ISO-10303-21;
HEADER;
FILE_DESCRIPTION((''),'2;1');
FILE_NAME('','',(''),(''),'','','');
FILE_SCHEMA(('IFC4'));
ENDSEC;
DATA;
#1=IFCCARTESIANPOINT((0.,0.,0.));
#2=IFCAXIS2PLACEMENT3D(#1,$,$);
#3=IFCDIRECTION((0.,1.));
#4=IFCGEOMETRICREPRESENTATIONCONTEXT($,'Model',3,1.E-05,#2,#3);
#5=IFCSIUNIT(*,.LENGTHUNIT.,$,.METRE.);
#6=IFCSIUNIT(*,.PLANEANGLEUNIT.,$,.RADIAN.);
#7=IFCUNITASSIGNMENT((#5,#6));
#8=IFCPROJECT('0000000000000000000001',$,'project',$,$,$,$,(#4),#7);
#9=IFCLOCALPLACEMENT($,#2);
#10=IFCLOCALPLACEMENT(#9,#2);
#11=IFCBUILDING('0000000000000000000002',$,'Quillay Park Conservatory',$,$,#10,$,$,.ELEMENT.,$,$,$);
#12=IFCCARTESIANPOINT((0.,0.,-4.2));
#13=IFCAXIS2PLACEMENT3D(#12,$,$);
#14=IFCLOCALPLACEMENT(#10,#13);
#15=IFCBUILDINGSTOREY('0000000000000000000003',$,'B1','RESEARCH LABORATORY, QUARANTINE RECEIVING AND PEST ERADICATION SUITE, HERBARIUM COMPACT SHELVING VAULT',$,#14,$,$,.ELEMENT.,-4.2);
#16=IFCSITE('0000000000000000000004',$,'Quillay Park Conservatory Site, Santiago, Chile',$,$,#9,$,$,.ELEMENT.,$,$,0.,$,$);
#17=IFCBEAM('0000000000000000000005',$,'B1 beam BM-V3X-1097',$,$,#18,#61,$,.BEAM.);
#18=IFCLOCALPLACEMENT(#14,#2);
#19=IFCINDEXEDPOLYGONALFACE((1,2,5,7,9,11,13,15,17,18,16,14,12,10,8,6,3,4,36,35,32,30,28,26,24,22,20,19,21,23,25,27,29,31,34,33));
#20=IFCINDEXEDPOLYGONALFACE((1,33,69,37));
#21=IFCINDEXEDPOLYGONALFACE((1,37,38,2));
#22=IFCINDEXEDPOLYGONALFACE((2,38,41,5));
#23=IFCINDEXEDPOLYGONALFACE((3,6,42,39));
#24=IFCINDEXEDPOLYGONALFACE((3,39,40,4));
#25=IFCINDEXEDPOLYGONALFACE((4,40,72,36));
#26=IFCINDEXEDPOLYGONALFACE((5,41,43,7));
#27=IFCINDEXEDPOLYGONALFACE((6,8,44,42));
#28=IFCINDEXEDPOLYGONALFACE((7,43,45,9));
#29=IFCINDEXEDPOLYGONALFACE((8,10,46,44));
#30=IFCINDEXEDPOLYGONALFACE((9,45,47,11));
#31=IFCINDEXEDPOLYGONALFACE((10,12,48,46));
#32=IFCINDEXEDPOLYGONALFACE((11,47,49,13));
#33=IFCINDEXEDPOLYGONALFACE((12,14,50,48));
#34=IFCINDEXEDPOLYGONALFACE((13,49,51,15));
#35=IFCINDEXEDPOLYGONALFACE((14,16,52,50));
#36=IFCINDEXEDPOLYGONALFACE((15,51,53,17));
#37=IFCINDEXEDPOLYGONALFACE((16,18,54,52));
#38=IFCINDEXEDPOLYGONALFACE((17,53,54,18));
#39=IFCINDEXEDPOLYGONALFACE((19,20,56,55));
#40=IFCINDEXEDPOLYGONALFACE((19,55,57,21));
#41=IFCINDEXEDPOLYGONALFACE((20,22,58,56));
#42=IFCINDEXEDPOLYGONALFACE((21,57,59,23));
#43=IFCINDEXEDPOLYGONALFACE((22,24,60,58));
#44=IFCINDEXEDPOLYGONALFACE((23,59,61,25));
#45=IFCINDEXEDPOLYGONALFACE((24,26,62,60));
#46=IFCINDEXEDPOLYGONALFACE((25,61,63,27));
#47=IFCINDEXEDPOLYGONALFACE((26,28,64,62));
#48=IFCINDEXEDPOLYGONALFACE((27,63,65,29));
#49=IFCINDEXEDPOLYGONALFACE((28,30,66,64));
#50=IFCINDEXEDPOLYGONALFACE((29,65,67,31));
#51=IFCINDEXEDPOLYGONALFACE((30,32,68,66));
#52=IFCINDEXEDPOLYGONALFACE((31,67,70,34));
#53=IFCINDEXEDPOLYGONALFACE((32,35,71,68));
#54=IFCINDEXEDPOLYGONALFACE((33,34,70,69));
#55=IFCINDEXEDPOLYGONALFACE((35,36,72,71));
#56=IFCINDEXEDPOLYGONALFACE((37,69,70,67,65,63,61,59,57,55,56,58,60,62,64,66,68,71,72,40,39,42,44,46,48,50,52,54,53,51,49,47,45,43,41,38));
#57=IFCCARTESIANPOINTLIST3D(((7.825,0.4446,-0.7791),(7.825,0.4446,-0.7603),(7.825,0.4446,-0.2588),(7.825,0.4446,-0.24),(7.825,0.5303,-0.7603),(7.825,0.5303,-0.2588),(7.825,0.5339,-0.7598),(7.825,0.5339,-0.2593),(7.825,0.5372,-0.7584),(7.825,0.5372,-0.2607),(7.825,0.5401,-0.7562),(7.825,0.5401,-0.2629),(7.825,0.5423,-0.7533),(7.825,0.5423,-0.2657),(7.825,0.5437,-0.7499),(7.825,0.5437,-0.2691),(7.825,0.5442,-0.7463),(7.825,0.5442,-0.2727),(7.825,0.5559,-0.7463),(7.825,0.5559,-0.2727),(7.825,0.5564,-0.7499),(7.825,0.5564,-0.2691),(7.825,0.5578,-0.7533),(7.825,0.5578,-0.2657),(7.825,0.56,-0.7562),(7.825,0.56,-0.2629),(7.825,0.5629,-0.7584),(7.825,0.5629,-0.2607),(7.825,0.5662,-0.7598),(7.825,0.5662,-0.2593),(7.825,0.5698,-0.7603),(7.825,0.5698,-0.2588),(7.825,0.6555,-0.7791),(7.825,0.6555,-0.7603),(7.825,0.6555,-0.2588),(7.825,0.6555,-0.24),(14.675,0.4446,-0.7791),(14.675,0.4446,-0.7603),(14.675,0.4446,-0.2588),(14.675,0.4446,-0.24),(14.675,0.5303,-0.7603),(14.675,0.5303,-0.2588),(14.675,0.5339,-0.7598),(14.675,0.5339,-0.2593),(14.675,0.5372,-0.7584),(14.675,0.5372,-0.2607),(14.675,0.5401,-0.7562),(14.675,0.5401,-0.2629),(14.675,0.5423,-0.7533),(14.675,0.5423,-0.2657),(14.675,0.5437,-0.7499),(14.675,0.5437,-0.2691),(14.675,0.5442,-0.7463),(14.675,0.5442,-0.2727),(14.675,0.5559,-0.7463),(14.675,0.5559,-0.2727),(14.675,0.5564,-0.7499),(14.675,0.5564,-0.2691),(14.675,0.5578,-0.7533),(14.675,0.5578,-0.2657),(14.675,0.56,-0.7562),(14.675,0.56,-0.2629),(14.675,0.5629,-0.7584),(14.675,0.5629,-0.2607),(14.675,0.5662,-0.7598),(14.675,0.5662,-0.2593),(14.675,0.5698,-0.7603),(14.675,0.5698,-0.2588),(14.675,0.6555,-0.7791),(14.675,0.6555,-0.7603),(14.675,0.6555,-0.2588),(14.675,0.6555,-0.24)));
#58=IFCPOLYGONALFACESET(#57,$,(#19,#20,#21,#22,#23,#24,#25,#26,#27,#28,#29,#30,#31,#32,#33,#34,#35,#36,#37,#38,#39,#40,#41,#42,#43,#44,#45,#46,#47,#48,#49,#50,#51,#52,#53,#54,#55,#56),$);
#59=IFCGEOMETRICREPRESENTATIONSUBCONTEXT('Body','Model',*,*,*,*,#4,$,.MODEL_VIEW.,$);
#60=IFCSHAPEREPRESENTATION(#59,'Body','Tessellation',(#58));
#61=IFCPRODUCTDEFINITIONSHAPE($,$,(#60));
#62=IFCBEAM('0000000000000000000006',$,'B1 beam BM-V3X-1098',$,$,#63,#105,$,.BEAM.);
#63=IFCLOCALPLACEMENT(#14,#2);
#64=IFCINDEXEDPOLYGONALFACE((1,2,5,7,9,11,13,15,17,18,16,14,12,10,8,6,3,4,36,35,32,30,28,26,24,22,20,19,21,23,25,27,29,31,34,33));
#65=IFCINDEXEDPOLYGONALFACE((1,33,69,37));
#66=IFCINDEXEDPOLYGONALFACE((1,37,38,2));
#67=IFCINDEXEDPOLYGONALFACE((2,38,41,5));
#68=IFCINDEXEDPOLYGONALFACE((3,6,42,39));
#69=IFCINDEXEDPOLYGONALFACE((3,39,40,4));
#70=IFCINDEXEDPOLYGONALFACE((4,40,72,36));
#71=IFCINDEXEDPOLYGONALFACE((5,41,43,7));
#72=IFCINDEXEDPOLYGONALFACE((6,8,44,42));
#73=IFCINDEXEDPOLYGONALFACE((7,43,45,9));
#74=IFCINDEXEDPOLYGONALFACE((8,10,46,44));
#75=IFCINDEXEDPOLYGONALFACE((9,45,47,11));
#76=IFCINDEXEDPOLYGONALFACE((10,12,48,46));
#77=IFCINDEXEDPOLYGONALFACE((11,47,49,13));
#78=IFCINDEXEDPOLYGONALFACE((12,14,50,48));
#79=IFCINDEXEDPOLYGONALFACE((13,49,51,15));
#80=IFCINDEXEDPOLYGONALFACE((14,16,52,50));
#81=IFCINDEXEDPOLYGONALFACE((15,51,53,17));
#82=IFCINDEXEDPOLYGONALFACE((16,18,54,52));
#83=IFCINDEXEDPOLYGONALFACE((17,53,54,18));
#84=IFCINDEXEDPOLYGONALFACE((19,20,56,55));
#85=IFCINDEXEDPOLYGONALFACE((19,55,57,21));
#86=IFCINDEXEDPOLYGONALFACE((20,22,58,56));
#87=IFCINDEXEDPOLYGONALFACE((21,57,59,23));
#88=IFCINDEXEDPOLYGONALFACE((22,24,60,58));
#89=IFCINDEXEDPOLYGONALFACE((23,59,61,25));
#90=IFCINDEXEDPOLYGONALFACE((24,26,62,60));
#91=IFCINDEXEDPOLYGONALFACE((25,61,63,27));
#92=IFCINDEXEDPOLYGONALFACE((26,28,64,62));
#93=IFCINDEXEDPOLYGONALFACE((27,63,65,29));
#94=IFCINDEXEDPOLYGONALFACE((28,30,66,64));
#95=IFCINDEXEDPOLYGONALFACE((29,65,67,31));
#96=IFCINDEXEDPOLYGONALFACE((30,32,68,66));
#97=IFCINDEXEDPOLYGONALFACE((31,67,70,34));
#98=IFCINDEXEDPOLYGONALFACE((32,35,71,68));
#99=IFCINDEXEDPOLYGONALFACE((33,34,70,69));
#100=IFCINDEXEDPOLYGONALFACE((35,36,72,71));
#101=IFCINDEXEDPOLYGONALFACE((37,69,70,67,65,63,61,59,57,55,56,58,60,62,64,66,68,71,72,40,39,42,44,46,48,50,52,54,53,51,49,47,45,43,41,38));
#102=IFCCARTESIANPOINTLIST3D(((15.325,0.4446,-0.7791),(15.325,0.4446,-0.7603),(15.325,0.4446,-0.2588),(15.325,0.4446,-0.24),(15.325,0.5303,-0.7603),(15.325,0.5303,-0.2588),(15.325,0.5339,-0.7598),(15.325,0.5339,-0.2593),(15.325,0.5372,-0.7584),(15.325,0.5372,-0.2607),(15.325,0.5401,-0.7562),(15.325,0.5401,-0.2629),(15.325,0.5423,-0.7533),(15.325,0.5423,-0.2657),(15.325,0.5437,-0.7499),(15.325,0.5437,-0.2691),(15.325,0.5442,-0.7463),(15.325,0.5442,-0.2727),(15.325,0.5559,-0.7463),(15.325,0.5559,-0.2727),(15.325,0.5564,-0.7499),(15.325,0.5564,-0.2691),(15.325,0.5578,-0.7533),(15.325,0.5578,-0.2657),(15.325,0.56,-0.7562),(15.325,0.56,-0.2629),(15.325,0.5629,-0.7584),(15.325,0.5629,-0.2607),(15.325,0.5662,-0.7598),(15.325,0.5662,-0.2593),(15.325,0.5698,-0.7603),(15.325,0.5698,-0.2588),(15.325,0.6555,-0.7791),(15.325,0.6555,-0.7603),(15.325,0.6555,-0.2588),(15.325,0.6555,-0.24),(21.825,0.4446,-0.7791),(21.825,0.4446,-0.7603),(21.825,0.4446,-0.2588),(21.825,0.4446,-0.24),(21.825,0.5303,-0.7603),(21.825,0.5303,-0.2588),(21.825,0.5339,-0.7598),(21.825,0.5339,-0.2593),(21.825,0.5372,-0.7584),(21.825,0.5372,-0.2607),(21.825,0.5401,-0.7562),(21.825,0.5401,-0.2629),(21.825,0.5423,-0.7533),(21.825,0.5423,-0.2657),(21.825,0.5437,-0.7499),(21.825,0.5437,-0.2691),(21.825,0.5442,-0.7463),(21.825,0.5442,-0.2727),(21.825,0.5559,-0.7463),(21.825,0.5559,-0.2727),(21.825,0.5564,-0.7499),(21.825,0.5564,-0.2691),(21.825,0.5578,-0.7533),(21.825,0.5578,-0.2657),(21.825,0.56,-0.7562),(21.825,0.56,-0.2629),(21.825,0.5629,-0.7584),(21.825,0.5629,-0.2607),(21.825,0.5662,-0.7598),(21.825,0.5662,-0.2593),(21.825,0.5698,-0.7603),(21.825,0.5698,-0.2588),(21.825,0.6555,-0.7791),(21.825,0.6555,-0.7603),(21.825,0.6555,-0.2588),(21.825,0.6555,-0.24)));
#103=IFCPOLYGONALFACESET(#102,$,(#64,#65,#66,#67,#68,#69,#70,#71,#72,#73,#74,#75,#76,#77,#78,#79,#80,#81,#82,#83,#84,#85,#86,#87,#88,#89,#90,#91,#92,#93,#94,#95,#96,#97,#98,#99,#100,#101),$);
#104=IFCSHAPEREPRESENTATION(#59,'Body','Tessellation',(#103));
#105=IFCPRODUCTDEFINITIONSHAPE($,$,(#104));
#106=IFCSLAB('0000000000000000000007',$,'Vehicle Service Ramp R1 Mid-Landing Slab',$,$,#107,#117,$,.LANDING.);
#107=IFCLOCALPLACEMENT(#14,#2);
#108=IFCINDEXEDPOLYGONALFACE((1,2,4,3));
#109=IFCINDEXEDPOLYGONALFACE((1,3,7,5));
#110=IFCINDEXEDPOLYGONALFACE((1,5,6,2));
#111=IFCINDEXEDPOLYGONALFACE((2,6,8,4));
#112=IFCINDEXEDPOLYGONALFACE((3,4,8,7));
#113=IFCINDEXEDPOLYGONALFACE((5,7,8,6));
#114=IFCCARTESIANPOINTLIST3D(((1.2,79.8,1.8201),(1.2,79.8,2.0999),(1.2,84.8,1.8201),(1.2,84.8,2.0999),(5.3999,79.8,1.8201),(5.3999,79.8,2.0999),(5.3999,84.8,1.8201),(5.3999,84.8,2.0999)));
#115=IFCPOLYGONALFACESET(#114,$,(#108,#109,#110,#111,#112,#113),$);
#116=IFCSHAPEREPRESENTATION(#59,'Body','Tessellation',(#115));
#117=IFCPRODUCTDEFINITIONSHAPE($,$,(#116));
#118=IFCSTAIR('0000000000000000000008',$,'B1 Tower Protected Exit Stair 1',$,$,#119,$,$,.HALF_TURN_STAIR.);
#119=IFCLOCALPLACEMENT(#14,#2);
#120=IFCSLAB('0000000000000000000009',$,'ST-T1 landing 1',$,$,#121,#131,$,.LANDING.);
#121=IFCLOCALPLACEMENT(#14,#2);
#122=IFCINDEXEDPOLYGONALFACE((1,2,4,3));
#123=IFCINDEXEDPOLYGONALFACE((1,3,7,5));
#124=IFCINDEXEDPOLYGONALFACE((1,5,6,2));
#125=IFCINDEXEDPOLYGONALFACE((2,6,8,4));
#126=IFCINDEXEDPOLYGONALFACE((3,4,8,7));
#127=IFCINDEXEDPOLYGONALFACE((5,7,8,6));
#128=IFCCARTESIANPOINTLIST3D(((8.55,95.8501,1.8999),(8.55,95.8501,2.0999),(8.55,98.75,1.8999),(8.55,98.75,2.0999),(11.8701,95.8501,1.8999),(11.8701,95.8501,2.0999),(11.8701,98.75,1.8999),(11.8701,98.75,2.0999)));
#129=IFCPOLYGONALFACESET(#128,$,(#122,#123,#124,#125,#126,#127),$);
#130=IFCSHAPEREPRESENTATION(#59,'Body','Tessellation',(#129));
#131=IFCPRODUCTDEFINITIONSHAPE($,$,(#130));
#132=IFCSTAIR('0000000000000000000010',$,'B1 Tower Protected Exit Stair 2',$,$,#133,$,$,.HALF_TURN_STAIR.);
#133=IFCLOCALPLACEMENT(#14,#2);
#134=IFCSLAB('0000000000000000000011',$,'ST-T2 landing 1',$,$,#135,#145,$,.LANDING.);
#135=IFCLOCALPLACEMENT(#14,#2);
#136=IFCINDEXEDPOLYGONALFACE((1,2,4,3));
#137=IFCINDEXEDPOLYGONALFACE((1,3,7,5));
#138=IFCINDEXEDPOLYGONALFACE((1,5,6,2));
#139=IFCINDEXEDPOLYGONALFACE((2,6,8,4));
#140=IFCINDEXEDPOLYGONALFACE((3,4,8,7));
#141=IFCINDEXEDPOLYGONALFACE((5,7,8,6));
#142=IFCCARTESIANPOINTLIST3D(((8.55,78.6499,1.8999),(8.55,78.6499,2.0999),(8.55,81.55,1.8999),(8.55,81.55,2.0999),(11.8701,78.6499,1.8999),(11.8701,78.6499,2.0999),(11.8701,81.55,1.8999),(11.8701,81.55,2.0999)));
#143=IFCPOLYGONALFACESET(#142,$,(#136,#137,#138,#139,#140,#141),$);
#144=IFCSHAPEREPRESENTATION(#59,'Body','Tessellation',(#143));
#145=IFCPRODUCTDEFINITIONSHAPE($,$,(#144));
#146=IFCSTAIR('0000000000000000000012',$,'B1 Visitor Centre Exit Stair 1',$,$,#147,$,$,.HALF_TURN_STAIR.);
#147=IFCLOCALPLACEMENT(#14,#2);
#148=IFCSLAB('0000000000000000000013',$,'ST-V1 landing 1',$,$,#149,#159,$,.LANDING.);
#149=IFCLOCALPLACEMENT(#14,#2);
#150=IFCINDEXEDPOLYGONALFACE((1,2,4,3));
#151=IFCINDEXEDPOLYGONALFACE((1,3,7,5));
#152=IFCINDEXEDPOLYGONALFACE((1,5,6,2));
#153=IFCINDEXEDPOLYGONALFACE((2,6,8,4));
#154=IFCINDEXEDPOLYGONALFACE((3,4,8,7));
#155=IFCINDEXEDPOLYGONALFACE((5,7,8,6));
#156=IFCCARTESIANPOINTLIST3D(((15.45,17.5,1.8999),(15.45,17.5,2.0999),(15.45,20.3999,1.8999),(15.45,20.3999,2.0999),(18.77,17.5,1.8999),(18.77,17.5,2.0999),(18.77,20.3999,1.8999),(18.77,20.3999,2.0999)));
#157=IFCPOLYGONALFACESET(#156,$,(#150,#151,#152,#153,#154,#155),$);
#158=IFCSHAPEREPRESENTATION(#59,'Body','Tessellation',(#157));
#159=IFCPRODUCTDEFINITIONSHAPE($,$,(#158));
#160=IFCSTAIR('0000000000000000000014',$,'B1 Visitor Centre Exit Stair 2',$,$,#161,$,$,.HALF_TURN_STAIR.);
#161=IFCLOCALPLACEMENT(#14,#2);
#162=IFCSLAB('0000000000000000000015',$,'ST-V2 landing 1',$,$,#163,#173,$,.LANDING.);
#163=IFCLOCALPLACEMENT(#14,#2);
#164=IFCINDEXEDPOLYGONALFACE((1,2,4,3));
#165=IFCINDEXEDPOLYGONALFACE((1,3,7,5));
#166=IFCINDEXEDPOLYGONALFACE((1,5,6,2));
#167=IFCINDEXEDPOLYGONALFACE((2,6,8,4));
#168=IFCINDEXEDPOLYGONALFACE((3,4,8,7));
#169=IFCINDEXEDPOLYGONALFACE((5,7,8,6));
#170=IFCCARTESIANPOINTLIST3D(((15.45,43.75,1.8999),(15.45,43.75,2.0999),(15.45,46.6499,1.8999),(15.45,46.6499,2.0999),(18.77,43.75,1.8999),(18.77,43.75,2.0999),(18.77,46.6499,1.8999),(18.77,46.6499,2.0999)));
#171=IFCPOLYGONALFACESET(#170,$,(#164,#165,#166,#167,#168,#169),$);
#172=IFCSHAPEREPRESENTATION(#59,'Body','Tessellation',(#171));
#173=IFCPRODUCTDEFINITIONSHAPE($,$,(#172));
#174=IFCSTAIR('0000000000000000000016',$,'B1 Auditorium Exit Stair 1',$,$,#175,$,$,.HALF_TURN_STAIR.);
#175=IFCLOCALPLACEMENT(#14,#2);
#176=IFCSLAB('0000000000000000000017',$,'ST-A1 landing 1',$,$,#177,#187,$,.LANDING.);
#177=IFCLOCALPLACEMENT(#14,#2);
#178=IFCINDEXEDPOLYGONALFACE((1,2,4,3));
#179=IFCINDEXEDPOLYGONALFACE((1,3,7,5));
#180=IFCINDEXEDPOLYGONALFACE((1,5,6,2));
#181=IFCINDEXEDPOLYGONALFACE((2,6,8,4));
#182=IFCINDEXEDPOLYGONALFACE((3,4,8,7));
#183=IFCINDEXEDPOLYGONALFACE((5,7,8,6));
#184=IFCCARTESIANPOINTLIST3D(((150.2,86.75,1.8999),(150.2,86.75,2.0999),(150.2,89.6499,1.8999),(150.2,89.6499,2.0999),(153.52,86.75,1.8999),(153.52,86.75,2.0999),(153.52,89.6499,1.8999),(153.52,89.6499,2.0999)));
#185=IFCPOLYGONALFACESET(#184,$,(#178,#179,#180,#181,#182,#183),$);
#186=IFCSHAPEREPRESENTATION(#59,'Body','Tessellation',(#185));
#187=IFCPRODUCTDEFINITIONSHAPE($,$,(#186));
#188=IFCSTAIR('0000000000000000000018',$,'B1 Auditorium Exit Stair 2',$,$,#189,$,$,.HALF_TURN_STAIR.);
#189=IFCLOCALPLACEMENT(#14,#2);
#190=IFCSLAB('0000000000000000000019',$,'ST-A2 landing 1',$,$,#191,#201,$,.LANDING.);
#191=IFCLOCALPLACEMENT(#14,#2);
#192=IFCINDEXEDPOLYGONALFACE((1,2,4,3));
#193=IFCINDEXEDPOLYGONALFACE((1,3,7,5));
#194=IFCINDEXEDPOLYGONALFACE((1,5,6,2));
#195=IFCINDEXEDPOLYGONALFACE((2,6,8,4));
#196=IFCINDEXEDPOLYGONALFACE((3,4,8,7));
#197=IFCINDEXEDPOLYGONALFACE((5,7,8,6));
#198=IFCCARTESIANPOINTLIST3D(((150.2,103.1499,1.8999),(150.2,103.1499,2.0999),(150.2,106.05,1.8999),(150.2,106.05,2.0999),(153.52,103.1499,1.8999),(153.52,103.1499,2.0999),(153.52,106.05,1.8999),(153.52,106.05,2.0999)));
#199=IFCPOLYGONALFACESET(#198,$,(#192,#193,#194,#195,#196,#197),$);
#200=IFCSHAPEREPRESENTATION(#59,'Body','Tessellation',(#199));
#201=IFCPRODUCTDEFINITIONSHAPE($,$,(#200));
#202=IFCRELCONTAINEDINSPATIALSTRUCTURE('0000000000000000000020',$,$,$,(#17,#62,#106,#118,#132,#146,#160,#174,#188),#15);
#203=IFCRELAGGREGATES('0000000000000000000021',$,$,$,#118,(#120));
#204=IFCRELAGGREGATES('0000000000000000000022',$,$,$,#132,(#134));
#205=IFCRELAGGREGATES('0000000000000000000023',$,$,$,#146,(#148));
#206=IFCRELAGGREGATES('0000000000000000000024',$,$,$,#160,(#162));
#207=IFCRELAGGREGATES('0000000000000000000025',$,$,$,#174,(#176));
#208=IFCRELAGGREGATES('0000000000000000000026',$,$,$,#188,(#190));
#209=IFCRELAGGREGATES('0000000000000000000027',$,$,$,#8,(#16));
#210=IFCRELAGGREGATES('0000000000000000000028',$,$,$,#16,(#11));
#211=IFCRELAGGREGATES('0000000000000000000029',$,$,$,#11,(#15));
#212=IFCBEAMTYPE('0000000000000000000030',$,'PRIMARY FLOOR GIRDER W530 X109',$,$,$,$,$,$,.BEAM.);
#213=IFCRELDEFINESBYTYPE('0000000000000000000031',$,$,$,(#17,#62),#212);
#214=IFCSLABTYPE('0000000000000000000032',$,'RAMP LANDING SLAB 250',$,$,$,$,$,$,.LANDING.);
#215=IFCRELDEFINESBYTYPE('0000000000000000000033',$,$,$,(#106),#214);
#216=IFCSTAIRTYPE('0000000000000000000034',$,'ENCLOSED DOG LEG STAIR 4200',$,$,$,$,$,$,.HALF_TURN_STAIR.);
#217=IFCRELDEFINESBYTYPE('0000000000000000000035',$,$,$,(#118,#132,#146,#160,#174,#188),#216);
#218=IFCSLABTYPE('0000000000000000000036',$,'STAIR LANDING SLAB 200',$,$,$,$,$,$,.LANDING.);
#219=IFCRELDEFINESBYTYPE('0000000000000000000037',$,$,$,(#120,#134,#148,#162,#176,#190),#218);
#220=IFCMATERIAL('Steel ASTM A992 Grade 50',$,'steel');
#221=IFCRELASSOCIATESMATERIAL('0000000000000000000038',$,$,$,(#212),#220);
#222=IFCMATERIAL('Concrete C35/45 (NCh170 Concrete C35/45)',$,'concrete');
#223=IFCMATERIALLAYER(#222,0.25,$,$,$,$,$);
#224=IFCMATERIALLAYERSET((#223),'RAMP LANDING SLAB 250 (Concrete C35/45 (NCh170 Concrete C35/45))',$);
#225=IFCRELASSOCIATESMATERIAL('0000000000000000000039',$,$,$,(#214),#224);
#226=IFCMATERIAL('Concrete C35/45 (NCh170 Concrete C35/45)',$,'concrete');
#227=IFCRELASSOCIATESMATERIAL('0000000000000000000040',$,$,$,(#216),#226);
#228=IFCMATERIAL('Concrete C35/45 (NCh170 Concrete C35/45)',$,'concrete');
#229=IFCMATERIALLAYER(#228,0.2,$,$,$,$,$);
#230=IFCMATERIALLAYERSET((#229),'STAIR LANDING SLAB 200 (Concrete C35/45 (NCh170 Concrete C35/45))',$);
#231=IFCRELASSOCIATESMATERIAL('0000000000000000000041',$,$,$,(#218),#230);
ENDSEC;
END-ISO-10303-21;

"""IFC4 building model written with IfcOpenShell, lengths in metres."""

from ifc_helpers import new_model, si_unit, direction, frame, origin, origin_2d, place, context, subcontext, project, spatial, polyline, i_section, outline, extrude, material, layer, layer_set, material_profile, profile_set, type_object, element, aggregate, save


model = new_model("IFC4")

# Units and contexts
model_context = context("Model", 3, precision=1e-05, world=origin(), true_north=direction((0.0, 1.0)))
body_context = subcontext(model_context, "Body", "Model", "MODEL_VIEW")
ifc_project = project(units=[si_unit("LENGTHUNIT", "METRE"), si_unit("PLANEANGLEUNIT", "RADIAN")], contexts=[model_context])

# Site, building, storey
site_placement = place(None, origin())
site = spatial("IfcSite", under=ifc_project, at=site_placement, Name="Quillay Park Conservatory Site, Santiago, Chile", CompositionType="ELEMENT", RefElevation=0.0)
building_placement = place(site_placement, origin())
building = spatial("IfcBuilding", under=site, at=building_placement, Name="Quillay Park Conservatory", CompositionType="ELEMENT")
storey_placement = place(building_placement, frame((0.0, 0.0, -4.2)))
storey = spatial("IfcBuildingStorey", under=building, at=storey_placement, Name="B1", Description="RESEARCH LABORATORY, QUARANTINE RECEIVING AND PEST ERADICATION SUITE, HERBARIUM COMPACT SHELVING VAULT", CompositionType="ELEMENT", Elevation=-4.2)

# Beams
ifc_material_1 = material(Name="Steel ASTM A992 Grade 50", Category="steel")
ifc_material_profile_1 = material_profile(ifc_material_1, i_section(OverallWidth=0.2109, OverallDepth=0.5391, WebThickness=0.0117, FlangeThickness=0.0188, FilletRadius=0.0139, at=origin_2d()), Name="W530x109")
ifc_profile_set_1 = profile_set([ifc_material_profile_1], Name="Steel ASTM A992 Grade 50")
beam_type_1 = type_object("IfcBeamType", Name="PRIMARY FLOOR GIRDER W530 X109", PredefinedType="BEAM", material=ifc_profile_set_1)
beam_1_placement = place(storey_placement, frame((7.825, 0.55, -0.5095), z_axis=(1.0, 0.0, 0.0), x_axis=(0.0, 1.0, 0.0)))
element("IfcBeam", 1, at=beam_1_placement, inside=storey, type_object=beam_type_1, Name="B1 beam BM-V3X-1097", PredefinedType="BEAM", context=body_context, shape_type="SweptSolid", body=[
    extrude(i_section(OverallWidth=0.2109, OverallDepth=0.5391, WebThickness=0.0117, FlangeThickness=0.0188, FilletRadius=0.0139, at=origin_2d()), origin(), (0.0, 0.0, 1.0), 6.8501),
])
beam_2_placement = place(storey_placement, frame((15.325, 0.55, -0.5095), z_axis=(1.0, 0.0, 0.0), x_axis=(0.0, 1.0, 0.0)))
element("IfcBeam", 2, at=beam_2_placement, inside=storey, type_object=beam_type_1, Name="B1 beam BM-V3X-1098", PredefinedType="BEAM", context=body_context, shape_type="SweptSolid", body=[
    extrude(i_section(OverallWidth=0.2109, OverallDepth=0.5391, WebThickness=0.0117, FlangeThickness=0.0188, FilletRadius=0.0139, at=origin_2d()), origin(), (0.0, 0.0, 1.0), 6.5),
])

# Slab
ifc_material_2 = material(Name="Concrete C35/45 (NCh170 Concrete C35/45)", Category="concrete")
ifc_layer_1 = layer(ifc_material_2, 0.25)
ifc_layer_set_1 = layer_set([ifc_layer_1], Name="RAMP LANDING SLAB 250 (Concrete C35/45 (NCh170 Concrete C35/45))")
slab_type_1 = type_object("IfcSlabType", Name="RAMP LANDING SLAB 250", PredefinedType="LANDING", material=ifc_layer_set_1)
slab_1_placement = place(storey_placement, frame((0.0, 0.0, 1.8201)))
element("IfcSlab", 3, at=slab_1_placement, inside=storey, type_object=slab_type_1, Name="Vehicle Service Ramp R1 Mid-Landing Slab", PredefinedType="LANDING", context=body_context, shape_type="SweptSolid", body=[
    extrude(outline(polyline([(1.2, 79.8), (5.3999, 79.8), (5.3999, 84.8), (1.2, 84.8), (1.2, 79.8)])), origin(), (0.0, 0.0, 1.0), 0.2798),
])

# Stairs, slabs
ifc_material_3 = material(Name="Concrete C35/45 (NCh170 Concrete C35/45)", Category="concrete")
stair_type = type_object("IfcStairType", Name="ENCLOSED DOG LEG STAIR 4200", PredefinedType="HALF_TURN_STAIR", material=ifc_material_3)
stair_1_placement = place(storey_placement, origin())
stair_1 = element("IfcStair", 4, at=stair_1_placement, inside=storey, type_object=stair_type, Name="B1 Tower Protected Exit Stair 1", PredefinedType="HALF_TURN_STAIR")
ifc_material_4 = material(Name="Concrete C35/45 (NCh170 Concrete C35/45)", Category="concrete")
ifc_layer_2 = layer(ifc_material_4, 0.2)
ifc_layer_set_2 = layer_set([ifc_layer_2], Name="STAIR LANDING SLAB 200 (Concrete C35/45 (NCh170 Concrete C35/45))")
slab_type_2 = type_object("IfcSlabType", Name="STAIR LANDING SLAB 200", PredefinedType="LANDING", material=ifc_layer_set_2)
slab_2_placement = place(storey_placement, frame((0.0, 0.0, 1.8999)))
slab_2 = element("IfcSlab", 5, at=slab_2_placement, type_object=slab_type_2, Name="ST-T1 landing 1", PredefinedType="LANDING", context=body_context, shape_type="SweptSolid", body=[
    extrude(outline(polyline([(11.8701, 95.8501), (11.8701, 98.75), (8.55, 98.75), (8.55, 95.8501), (11.8701, 95.8501)])), origin(), (0.0, 0.0, 1.0), 0.2),
])
aggregate(stair_1, [slab_2])
stair_2_placement = place(storey_placement, origin())
stair_2 = element("IfcStair", 6, at=stair_2_placement, inside=storey, type_object=stair_type, Name="B1 Tower Protected Exit Stair 2", PredefinedType="HALF_TURN_STAIR")
slab_3_placement = place(storey_placement, frame((0.0, 0.0, 1.8999)))
slab_3 = element("IfcSlab", 7, at=slab_3_placement, type_object=slab_type_2, Name="ST-T2 landing 1", PredefinedType="LANDING", context=body_context, shape_type="SweptSolid", body=[
    extrude(outline(polyline([(8.55, 81.55), (8.55, 78.6499), (11.8701, 78.6499), (11.8701, 81.55), (8.55, 81.55)])), origin(), (0.0, 0.0, 1.0), 0.2),
])
aggregate(stair_2, [slab_3])
stair_3_placement = place(storey_placement, origin())
stair_3 = element("IfcStair", 8, at=stair_3_placement, inside=storey, type_object=stair_type, Name="B1 Visitor Centre Exit Stair 1", PredefinedType="HALF_TURN_STAIR")
slab_4_placement = place(storey_placement, frame((0.0, 0.0, 1.8999)))
slab_4 = element("IfcSlab", 9, at=slab_4_placement, type_object=slab_type_2, Name="ST-V1 landing 1", PredefinedType="LANDING", context=body_context, shape_type="SweptSolid", body=[
    extrude(outline(polyline([(15.45, 20.3999), (15.45, 17.5), (18.77, 17.5), (18.77, 20.3999), (15.45, 20.3999)])), origin(), (0.0, 0.0, 1.0), 0.2),
])
aggregate(stair_3, [slab_4])
stair_4_placement = place(storey_placement, origin())
stair_4 = element("IfcStair", 10, at=stair_4_placement, inside=storey, type_object=stair_type, Name="B1 Visitor Centre Exit Stair 2", PredefinedType="HALF_TURN_STAIR")
slab_5_placement = place(storey_placement, frame((0.0, 0.0, 1.8999)))
slab_5 = element("IfcSlab", 11, at=slab_5_placement, type_object=slab_type_2, Name="ST-V2 landing 1", PredefinedType="LANDING", context=body_context, shape_type="SweptSolid", body=[
    extrude(outline(polyline([(18.77, 43.75), (18.77, 46.6499), (15.45, 46.6499), (15.45, 43.75), (18.77, 43.75)])), origin(), (0.0, 0.0, 1.0), 0.2),
])
aggregate(stair_4, [slab_5])
stair_5_placement = place(storey_placement, origin())
stair_5 = element("IfcStair", 12, at=stair_5_placement, inside=storey, type_object=stair_type, Name="B1 Auditorium Exit Stair 1", PredefinedType="HALF_TURN_STAIR")
slab_6_placement = place(storey_placement, frame((0.0, 0.0, 1.8999)))
slab_6 = element("IfcSlab", 13, at=slab_6_placement, type_object=slab_type_2, Name="ST-A1 landing 1", PredefinedType="LANDING", context=body_context, shape_type="SweptSolid", body=[
    extrude(outline(polyline([(150.2, 89.6499), (150.2, 86.75), (153.52, 86.75), (153.52, 89.6499), (150.2, 89.6499)])), origin(), (0.0, 0.0, 1.0), 0.2),
])
aggregate(stair_5, [slab_6])
stair_6_placement = place(storey_placement, origin())
stair_6 = element("IfcStair", 14, at=stair_6_placement, inside=storey, type_object=stair_type, Name="B1 Auditorium Exit Stair 2", PredefinedType="HALF_TURN_STAIR")
slab_7_placement = place(storey_placement, frame((0.0, 0.0, 1.8999)))
slab_7 = element("IfcSlab", 15, at=slab_7_placement, type_object=slab_type_2, Name="ST-A2 landing 1", PredefinedType="LANDING", context=body_context, shape_type="SweptSolid", body=[
    extrude(outline(polyline([(153.52, 103.1499), (153.52, 106.05), (150.2, 106.05), (150.2, 103.1499), (153.52, 103.1499)])), origin(), (0.0, 0.0, 1.0), 0.2),
])
aggregate(stair_6, [slab_7])

save(model, "model.ifc")
